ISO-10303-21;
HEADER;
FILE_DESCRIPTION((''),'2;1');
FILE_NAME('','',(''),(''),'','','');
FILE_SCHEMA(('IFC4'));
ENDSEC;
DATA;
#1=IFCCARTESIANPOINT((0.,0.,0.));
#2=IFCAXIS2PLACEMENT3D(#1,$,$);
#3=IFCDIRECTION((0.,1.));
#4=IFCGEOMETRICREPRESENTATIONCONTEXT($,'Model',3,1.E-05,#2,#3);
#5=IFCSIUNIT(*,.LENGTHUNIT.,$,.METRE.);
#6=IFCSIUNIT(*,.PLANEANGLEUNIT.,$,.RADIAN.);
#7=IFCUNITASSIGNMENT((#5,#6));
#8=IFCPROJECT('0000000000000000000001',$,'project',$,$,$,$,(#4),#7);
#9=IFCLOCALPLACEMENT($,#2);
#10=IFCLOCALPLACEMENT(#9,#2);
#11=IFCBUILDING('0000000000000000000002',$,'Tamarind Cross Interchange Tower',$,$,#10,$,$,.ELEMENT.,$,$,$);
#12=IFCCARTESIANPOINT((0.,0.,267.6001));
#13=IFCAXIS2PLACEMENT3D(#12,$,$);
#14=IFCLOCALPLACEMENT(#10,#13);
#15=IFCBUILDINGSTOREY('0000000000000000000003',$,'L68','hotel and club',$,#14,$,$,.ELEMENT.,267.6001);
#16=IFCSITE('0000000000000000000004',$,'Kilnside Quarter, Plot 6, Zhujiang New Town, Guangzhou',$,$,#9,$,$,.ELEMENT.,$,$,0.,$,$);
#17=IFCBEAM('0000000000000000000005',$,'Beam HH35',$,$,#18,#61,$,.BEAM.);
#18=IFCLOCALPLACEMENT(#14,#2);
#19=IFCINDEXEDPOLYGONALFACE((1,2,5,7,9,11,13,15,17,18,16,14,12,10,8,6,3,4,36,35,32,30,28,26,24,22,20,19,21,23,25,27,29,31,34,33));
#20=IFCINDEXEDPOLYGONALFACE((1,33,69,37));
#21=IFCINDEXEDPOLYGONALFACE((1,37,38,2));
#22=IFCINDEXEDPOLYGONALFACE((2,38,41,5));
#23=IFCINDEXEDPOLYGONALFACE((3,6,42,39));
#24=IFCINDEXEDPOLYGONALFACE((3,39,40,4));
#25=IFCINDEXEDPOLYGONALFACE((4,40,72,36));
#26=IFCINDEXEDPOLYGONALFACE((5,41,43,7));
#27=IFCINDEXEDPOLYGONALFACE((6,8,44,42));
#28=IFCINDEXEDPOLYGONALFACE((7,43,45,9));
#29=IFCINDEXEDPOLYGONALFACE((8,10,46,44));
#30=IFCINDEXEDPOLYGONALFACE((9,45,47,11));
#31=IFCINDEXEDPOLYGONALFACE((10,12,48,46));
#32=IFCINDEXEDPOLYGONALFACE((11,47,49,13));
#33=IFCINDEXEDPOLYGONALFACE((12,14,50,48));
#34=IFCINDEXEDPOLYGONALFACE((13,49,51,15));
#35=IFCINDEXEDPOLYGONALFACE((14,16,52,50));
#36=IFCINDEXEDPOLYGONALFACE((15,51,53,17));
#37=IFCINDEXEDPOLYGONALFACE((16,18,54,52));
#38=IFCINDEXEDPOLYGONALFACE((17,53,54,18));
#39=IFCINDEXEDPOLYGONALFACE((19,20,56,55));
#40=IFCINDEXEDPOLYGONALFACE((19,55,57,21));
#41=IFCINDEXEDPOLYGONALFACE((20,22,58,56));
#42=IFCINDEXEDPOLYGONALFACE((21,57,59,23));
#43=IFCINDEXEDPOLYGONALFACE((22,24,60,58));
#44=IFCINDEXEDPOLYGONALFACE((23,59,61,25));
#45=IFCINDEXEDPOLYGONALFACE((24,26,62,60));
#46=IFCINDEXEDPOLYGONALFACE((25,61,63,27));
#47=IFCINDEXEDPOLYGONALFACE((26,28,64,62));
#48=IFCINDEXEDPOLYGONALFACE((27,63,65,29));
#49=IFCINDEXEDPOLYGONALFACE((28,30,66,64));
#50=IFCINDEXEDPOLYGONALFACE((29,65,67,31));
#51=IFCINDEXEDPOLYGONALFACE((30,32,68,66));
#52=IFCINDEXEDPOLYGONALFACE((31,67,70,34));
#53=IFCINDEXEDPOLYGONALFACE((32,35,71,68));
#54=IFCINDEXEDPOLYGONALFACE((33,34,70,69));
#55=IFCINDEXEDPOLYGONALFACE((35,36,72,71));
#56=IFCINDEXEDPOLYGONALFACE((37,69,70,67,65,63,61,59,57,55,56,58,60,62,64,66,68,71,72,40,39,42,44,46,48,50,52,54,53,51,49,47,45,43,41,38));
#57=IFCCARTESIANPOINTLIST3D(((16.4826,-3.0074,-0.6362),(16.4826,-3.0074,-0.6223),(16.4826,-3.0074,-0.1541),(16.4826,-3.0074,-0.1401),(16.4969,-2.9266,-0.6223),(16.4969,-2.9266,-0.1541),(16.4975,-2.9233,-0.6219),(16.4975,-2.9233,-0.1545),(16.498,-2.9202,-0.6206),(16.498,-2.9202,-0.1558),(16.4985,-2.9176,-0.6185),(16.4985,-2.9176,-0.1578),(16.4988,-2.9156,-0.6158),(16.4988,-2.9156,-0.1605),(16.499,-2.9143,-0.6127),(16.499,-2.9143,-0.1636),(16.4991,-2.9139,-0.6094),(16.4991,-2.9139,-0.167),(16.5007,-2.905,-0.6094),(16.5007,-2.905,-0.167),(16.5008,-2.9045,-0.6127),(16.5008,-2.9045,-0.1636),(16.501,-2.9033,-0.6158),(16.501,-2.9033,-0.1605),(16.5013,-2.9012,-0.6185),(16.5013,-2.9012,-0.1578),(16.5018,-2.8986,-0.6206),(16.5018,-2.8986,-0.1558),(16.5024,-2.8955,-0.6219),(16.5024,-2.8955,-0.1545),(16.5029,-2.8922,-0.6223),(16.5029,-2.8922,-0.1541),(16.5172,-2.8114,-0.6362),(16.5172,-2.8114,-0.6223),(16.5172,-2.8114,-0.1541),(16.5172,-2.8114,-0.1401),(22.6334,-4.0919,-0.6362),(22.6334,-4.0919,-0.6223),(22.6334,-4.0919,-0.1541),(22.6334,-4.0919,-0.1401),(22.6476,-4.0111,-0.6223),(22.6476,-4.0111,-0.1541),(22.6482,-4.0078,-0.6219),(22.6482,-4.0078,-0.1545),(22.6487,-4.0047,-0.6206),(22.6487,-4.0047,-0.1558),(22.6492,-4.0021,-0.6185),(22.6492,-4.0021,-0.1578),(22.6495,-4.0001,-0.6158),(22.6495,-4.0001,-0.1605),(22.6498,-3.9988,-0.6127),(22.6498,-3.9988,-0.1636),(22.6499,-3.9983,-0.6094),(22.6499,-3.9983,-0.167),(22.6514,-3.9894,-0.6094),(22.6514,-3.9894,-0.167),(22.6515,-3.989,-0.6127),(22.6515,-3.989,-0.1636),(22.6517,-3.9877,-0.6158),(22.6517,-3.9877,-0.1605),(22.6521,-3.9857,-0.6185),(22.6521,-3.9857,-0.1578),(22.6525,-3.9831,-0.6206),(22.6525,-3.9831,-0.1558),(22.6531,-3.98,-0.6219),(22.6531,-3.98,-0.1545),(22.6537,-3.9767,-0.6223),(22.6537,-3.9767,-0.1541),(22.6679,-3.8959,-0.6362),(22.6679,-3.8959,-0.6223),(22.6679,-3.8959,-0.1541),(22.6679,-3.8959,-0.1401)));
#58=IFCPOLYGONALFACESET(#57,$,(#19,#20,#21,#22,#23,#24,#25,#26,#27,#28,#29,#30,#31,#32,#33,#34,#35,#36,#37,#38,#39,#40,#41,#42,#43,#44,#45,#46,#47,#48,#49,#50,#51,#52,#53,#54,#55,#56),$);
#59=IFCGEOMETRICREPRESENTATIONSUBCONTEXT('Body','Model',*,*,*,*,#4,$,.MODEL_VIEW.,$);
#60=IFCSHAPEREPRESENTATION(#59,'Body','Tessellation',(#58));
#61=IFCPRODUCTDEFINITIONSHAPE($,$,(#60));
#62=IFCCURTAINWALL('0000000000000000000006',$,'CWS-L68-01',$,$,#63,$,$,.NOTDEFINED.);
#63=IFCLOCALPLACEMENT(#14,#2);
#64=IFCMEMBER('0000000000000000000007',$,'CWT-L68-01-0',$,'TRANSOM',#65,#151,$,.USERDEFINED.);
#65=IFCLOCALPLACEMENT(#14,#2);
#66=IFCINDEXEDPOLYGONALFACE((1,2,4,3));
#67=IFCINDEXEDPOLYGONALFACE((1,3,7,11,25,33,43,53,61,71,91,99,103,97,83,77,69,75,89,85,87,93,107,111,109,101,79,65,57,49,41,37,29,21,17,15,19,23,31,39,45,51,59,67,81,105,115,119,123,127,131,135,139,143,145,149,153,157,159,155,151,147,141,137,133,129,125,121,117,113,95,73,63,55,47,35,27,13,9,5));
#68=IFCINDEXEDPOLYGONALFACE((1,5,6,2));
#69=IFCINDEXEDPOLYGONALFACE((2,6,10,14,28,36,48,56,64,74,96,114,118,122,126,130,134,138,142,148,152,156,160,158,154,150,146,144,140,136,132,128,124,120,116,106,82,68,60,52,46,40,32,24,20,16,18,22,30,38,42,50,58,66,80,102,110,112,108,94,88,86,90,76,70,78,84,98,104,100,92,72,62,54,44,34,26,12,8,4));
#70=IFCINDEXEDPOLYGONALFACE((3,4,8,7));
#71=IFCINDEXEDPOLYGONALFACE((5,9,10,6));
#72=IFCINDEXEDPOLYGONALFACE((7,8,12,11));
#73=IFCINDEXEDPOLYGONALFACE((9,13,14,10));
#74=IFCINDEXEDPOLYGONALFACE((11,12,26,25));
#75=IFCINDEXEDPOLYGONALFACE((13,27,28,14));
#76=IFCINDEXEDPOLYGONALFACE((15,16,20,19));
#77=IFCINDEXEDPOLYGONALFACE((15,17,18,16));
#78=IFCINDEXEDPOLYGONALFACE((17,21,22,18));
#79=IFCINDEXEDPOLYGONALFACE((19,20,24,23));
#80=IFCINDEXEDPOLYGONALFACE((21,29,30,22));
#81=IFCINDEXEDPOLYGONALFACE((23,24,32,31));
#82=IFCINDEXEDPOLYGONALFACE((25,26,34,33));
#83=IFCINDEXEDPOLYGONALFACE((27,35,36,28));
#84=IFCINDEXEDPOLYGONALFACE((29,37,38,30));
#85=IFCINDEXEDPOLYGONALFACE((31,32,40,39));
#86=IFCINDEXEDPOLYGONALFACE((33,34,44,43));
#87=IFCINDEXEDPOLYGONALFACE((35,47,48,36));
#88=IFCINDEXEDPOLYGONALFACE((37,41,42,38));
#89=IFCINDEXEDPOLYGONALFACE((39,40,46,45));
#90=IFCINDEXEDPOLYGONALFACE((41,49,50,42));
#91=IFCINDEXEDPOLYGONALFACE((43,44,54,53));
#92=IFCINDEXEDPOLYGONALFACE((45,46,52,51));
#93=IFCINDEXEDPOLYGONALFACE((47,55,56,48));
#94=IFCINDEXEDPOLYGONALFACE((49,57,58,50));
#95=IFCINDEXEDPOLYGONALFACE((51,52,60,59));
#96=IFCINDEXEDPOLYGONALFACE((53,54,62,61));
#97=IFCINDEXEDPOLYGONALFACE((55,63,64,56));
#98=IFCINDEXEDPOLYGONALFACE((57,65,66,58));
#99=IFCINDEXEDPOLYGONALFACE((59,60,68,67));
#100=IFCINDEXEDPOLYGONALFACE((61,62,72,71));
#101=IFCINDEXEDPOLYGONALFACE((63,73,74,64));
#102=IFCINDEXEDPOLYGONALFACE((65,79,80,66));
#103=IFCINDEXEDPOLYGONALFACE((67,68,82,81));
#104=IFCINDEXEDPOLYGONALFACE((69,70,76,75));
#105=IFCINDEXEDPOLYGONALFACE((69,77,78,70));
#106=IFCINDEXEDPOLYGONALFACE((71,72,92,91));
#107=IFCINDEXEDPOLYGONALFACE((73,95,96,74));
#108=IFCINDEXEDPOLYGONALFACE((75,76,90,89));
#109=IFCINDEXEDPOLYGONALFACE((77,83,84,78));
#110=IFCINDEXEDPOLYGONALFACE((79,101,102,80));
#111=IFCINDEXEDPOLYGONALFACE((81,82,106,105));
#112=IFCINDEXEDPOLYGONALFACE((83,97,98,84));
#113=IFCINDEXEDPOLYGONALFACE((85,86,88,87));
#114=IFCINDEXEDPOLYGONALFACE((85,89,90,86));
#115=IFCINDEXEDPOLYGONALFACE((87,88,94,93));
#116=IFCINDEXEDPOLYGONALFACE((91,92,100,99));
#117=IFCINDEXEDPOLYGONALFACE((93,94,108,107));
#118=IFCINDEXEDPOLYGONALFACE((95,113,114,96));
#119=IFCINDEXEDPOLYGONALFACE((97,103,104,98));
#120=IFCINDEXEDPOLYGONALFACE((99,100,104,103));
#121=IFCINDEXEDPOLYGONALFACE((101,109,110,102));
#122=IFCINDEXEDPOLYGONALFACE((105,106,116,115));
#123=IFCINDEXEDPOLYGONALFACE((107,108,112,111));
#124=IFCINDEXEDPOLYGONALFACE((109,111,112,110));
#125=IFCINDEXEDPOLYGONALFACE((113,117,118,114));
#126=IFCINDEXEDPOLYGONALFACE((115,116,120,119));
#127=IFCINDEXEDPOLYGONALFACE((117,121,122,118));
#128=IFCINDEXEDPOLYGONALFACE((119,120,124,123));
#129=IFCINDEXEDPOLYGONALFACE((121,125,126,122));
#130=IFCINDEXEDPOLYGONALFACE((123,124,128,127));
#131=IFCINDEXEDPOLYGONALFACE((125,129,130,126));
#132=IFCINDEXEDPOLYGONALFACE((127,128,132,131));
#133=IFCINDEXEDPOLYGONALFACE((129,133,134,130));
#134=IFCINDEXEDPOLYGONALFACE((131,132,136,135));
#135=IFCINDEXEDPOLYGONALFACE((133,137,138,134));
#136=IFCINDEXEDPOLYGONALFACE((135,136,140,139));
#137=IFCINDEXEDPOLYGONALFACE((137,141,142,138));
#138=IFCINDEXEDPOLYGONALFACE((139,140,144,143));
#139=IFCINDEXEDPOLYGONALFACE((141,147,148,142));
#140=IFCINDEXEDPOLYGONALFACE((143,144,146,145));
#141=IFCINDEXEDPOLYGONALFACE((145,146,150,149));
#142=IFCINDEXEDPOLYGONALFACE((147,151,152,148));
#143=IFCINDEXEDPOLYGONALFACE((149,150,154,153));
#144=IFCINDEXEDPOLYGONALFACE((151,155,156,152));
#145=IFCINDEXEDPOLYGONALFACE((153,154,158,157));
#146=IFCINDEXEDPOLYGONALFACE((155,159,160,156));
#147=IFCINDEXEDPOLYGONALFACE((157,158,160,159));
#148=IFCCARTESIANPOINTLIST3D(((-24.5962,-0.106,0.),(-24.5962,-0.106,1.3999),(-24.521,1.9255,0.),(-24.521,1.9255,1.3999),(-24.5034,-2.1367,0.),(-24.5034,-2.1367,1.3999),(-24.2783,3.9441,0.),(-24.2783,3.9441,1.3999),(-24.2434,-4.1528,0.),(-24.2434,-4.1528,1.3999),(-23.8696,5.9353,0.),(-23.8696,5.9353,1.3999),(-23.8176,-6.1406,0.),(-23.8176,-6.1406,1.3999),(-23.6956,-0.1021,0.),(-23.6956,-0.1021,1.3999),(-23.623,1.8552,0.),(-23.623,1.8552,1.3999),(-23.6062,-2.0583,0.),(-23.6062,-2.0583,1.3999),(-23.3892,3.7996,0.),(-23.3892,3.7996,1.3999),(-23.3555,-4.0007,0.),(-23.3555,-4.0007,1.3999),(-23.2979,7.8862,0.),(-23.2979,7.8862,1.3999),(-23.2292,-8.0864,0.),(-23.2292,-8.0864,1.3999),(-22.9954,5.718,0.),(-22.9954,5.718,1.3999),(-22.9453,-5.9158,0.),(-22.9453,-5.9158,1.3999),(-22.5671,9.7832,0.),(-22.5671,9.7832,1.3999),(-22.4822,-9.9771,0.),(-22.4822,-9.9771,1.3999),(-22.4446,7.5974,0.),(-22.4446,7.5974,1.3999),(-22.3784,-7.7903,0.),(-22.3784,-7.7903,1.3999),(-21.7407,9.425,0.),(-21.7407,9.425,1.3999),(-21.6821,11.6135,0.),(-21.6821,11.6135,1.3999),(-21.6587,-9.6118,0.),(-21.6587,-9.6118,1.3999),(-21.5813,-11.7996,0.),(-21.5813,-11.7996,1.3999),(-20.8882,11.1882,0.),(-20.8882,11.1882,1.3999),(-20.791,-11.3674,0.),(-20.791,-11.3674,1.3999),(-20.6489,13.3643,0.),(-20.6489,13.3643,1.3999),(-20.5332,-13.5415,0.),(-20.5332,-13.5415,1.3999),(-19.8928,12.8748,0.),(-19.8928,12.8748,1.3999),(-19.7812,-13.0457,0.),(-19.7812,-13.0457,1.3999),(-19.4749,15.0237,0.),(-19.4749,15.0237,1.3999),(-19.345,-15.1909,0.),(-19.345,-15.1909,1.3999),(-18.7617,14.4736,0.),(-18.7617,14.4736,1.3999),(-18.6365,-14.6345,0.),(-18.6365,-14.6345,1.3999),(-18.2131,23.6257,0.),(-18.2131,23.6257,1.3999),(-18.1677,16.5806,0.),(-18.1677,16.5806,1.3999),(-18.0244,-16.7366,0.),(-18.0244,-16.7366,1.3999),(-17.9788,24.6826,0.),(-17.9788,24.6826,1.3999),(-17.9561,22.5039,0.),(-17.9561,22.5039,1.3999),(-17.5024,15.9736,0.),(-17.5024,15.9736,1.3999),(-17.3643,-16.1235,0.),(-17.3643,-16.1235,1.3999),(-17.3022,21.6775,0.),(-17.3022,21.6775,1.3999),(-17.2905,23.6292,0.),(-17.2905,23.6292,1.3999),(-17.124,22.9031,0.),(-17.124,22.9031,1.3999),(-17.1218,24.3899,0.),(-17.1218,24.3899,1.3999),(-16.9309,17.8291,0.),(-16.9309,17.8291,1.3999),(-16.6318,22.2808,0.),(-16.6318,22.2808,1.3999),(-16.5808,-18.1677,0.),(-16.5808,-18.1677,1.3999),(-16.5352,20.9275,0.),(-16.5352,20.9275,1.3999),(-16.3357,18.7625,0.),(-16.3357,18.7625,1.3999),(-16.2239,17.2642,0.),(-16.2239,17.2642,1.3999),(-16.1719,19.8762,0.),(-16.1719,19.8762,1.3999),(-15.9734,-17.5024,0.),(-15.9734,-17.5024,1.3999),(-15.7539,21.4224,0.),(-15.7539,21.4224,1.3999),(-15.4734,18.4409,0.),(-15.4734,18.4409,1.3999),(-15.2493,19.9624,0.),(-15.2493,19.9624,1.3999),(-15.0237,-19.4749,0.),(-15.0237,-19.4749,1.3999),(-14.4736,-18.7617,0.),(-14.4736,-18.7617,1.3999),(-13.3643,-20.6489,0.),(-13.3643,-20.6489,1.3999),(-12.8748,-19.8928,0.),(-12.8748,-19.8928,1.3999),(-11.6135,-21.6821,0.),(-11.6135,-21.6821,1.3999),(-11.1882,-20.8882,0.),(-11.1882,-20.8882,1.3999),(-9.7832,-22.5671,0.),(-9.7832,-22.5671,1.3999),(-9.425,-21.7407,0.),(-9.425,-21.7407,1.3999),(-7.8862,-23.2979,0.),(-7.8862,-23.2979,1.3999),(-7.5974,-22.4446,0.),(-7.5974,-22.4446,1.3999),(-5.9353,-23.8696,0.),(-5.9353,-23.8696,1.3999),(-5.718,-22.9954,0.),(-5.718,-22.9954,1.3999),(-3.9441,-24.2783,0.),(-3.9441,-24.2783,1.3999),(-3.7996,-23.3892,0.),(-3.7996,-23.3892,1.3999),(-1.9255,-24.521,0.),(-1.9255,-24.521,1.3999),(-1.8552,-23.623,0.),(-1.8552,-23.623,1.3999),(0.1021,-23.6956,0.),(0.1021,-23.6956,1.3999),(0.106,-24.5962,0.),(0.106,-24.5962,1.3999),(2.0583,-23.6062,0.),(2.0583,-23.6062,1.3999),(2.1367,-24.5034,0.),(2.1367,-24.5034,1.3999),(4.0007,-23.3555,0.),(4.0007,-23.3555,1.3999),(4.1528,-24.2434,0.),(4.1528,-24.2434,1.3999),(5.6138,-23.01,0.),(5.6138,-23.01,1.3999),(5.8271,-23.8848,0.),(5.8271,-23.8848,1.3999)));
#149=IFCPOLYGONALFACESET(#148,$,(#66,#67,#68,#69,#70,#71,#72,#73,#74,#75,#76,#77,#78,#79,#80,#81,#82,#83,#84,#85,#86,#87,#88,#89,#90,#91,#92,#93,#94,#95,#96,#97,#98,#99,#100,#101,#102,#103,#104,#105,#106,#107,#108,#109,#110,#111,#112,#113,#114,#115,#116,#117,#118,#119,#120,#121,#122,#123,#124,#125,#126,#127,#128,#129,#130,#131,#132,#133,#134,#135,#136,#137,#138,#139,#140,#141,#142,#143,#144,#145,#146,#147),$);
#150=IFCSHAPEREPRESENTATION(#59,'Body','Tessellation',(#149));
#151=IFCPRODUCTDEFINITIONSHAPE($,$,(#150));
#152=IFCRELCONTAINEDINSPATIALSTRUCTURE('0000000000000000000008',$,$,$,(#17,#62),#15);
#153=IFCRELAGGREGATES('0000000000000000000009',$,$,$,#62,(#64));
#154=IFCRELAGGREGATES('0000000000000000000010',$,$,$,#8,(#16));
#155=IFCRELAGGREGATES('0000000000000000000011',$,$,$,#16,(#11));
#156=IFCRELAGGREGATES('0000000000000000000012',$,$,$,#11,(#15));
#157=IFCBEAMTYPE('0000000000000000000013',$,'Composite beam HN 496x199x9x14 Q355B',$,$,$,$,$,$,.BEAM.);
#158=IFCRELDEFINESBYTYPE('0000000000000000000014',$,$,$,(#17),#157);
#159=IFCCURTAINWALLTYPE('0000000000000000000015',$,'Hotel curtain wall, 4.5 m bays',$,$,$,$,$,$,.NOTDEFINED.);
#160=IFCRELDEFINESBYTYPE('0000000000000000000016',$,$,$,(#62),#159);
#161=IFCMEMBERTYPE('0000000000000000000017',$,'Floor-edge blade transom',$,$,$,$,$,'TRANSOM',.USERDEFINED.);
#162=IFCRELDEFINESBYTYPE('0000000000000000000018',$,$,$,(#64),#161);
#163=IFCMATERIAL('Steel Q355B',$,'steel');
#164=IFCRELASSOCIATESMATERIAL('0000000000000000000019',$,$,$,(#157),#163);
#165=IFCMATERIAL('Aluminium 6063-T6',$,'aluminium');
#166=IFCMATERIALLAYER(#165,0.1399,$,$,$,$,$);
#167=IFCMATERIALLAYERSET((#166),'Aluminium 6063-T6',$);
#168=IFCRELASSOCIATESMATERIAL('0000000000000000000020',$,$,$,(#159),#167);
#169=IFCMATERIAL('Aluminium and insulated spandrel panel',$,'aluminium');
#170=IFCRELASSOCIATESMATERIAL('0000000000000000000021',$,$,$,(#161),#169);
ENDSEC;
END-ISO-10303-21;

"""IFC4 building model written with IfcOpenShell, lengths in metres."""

from ifc_helpers import new_model, si_unit, direction, frame, origin, origin_2d, place, context, subcontext, project, spatial, polyline, i_section, outline, extrude, material, layer, layer_set, material_profile, profile_set, type_object, element, aggregate, save


model = new_model("IFC4")

# Units and contexts
model_context = context("Model", 3, precision=1e-05, world=origin(), true_north=direction((0.0, 1.0)))
body_context = subcontext(model_context, "Body", "Model", "MODEL_VIEW")
ifc_project = project(units=[si_unit("LENGTHUNIT", "METRE"), si_unit("PLANEANGLEUNIT", "RADIAN")], contexts=[model_context])

# Site, building, storey
site_placement = place(None, origin())
site = spatial("IfcSite", under=ifc_project, at=site_placement, Name="Kilnside Quarter, Plot 6, Zhujiang New Town, Guangzhou", CompositionType="ELEMENT", RefElevation=0.0)
building_placement = place(site_placement, origin())
building = spatial("IfcBuilding", under=site, at=building_placement, Name="Tamarind Cross Interchange Tower", CompositionType="ELEMENT")
storey_placement = place(building_placement, frame((0.0, 0.0, 267.6001)))
storey = spatial("IfcBuildingStorey", under=building, at=storey_placement, Name="L68", Description="hotel and club", CompositionType="ELEMENT", Elevation=267.6001)

# Beam
ifc_material_1 = material(Name="Steel Q355B", Category="steel")
ifc_material_profile_1 = material_profile(ifc_material_1, i_section(OverallWidth=0.199, OverallDepth=0.4961, WebThickness=0.009, FlangeThickness=0.0139, FilletRadius=0.0129, at=origin_2d()), Name="HN 496x199x9x14")
ifc_profile_set_1 = profile_set([ifc_material_profile_1], Name="Steel Q355B")
beam_type = type_object("IfcBeamType", Name="Composite beam HN 496x199x9x14 Q355B", PredefinedType="BEAM", material=ifc_profile_set_1)
beam_1_placement = place(storey_placement, frame((22.6506, -3.9939, -0.3882), z_axis=(-0.984809, 0.17364, 0.0), x_axis=(-0.17364, -0.984809, 0.0)))
element("IfcBeam", 1, at=beam_1_placement, inside=storey, type_object=beam_type, Name="Beam HH35", PredefinedType="BEAM", context=body_context, shape_type="SweptSolid", body=[
    extrude(i_section(OverallWidth=0.199, OverallDepth=0.4961, WebThickness=0.009, FlangeThickness=0.0139, FilletRadius=0.0129, at=origin_2d()), origin(), (0.0, 0.0, 1.0), 6.2456),
])

# Curtain wall, member
ifc_material_2 = material(Name="Aluminium 6063-T6", Category="aluminium")
ifc_layer_1 = layer(ifc_material_2, 0.1399)
ifc_layer_set_1 = layer_set([ifc_layer_1], Name="Aluminium 6063-T6")
curtain_wall_type = type_object("IfcCurtainWallType", Name="Hotel curtain wall, 4.5 m bays", PredefinedType="NOTDEFINED", material=ifc_layer_set_1)
curtain_wall_placement = place(storey_placement, origin())
curtain_wall = element("IfcCurtainWall", 2, at=curtain_wall_placement, inside=storey, type_object=curtain_wall_type, Name="CWS-L68-01", PredefinedType="NOTDEFINED")
ifc_material_3 = material(Name="Aluminium and insulated spandrel panel", Category="aluminium")
member_type_1 = type_object("IfcMemberType", Name="Floor-edge blade transom", ElementType="TRANSOM", PredefinedType="USERDEFINED", material=ifc_material_3)
member_1_placement = place(storey_placement, origin())
member_1 = element("IfcMember", 3, at=member_1_placement, type_object=member_type_1, Name="CWT-L68-01-0", ObjectType="TRANSOM", PredefinedType="USERDEFINED", context=body_context, shape_type="SweptSolid", body=[
    extrude(outline(polyline([(-17.1218, 24.3899), (-17.2905, 23.6292), (-17.124, 22.9031), (-16.6318, 22.2808), (-15.7539, 21.4224), (-15.2493, 19.9624), (-15.4734, 18.4409), (-16.2239, 17.2642), (-17.5024, 15.9736), (-18.7617, 14.4736), (-19.8928, 12.8748), (-20.8882, 11.1882), (-21.7407, 9.425), (-22.4446, 7.5974), (-22.9954, 5.718), (-23.3892, 3.7996), (-23.623, 1.8552), (-23.6956, -0.1021), (-23.6062, -2.0583), (-23.3555, -4.0007), (-22.9453, -5.9158), (-22.3784, -7.7903), (-21.6587, -9.6118), (-20.791, -11.3674), (-19.7812, -13.0457), (-18.6365, -14.6345), (-17.3643, -16.1235), (-15.9734, -17.5024), (-14.4736, -18.7617), (-12.8748, -19.8928), (-11.1882, -20.8882), (-9.425, -21.7407), (-7.5974, -22.4446), (-5.718, -22.9954), (-3.7996, -23.3892), (-1.8552, -23.623), (0.1021, -23.6956), (2.0583, -23.6062), (4.0007, -23.3555), (5.6138, -23.01), (5.8271, -23.8848), (4.1528, -24.2434), (2.1367, -24.5034), (0.106, -24.5962), (-1.9255, -24.521), (-3.9441, -24.2783), (-5.9353, -23.8696), (-7.8862, -23.2979), (-9.7832, -22.5671), (-11.6135, -21.6821), (-13.3643, -20.6489), (-15.0237, -19.4749), (-16.5808, -18.1677), (-18.0244, -16.7366), (-19.345, -15.1909), (-20.5332, -13.5415), (-21.5813, -11.7996), (-22.4822, -9.9771), (-23.2292, -8.0864), (-23.8176, -6.1406), (-24.2434, -4.1528), (-24.5034, -2.1367), (-24.5962, -0.106), (-24.521, 1.9255), (-24.2783, 3.9441), (-23.8696, 5.9353), (-23.2979, 7.8862), (-22.5671, 9.7832), (-21.6821, 11.6135), (-20.6489, 13.3643), (-19.4749, 15.0237), (-18.1677, 16.5806), (-16.9309, 17.8291), (-16.3357, 18.7625), (-16.1719, 19.8762), (-16.5352, 20.9275), (-17.3022, 21.6775), (-17.9561, 22.5039), (-18.2131, 23.6257), (-17.9788, 24.6826), (-17.1218, 24.3899)])), origin(), (0.0, 0.0, 1.0), 1.3999),
])
aggregate(curtain_wall, [member_1])

save(model, "model.ifc")
